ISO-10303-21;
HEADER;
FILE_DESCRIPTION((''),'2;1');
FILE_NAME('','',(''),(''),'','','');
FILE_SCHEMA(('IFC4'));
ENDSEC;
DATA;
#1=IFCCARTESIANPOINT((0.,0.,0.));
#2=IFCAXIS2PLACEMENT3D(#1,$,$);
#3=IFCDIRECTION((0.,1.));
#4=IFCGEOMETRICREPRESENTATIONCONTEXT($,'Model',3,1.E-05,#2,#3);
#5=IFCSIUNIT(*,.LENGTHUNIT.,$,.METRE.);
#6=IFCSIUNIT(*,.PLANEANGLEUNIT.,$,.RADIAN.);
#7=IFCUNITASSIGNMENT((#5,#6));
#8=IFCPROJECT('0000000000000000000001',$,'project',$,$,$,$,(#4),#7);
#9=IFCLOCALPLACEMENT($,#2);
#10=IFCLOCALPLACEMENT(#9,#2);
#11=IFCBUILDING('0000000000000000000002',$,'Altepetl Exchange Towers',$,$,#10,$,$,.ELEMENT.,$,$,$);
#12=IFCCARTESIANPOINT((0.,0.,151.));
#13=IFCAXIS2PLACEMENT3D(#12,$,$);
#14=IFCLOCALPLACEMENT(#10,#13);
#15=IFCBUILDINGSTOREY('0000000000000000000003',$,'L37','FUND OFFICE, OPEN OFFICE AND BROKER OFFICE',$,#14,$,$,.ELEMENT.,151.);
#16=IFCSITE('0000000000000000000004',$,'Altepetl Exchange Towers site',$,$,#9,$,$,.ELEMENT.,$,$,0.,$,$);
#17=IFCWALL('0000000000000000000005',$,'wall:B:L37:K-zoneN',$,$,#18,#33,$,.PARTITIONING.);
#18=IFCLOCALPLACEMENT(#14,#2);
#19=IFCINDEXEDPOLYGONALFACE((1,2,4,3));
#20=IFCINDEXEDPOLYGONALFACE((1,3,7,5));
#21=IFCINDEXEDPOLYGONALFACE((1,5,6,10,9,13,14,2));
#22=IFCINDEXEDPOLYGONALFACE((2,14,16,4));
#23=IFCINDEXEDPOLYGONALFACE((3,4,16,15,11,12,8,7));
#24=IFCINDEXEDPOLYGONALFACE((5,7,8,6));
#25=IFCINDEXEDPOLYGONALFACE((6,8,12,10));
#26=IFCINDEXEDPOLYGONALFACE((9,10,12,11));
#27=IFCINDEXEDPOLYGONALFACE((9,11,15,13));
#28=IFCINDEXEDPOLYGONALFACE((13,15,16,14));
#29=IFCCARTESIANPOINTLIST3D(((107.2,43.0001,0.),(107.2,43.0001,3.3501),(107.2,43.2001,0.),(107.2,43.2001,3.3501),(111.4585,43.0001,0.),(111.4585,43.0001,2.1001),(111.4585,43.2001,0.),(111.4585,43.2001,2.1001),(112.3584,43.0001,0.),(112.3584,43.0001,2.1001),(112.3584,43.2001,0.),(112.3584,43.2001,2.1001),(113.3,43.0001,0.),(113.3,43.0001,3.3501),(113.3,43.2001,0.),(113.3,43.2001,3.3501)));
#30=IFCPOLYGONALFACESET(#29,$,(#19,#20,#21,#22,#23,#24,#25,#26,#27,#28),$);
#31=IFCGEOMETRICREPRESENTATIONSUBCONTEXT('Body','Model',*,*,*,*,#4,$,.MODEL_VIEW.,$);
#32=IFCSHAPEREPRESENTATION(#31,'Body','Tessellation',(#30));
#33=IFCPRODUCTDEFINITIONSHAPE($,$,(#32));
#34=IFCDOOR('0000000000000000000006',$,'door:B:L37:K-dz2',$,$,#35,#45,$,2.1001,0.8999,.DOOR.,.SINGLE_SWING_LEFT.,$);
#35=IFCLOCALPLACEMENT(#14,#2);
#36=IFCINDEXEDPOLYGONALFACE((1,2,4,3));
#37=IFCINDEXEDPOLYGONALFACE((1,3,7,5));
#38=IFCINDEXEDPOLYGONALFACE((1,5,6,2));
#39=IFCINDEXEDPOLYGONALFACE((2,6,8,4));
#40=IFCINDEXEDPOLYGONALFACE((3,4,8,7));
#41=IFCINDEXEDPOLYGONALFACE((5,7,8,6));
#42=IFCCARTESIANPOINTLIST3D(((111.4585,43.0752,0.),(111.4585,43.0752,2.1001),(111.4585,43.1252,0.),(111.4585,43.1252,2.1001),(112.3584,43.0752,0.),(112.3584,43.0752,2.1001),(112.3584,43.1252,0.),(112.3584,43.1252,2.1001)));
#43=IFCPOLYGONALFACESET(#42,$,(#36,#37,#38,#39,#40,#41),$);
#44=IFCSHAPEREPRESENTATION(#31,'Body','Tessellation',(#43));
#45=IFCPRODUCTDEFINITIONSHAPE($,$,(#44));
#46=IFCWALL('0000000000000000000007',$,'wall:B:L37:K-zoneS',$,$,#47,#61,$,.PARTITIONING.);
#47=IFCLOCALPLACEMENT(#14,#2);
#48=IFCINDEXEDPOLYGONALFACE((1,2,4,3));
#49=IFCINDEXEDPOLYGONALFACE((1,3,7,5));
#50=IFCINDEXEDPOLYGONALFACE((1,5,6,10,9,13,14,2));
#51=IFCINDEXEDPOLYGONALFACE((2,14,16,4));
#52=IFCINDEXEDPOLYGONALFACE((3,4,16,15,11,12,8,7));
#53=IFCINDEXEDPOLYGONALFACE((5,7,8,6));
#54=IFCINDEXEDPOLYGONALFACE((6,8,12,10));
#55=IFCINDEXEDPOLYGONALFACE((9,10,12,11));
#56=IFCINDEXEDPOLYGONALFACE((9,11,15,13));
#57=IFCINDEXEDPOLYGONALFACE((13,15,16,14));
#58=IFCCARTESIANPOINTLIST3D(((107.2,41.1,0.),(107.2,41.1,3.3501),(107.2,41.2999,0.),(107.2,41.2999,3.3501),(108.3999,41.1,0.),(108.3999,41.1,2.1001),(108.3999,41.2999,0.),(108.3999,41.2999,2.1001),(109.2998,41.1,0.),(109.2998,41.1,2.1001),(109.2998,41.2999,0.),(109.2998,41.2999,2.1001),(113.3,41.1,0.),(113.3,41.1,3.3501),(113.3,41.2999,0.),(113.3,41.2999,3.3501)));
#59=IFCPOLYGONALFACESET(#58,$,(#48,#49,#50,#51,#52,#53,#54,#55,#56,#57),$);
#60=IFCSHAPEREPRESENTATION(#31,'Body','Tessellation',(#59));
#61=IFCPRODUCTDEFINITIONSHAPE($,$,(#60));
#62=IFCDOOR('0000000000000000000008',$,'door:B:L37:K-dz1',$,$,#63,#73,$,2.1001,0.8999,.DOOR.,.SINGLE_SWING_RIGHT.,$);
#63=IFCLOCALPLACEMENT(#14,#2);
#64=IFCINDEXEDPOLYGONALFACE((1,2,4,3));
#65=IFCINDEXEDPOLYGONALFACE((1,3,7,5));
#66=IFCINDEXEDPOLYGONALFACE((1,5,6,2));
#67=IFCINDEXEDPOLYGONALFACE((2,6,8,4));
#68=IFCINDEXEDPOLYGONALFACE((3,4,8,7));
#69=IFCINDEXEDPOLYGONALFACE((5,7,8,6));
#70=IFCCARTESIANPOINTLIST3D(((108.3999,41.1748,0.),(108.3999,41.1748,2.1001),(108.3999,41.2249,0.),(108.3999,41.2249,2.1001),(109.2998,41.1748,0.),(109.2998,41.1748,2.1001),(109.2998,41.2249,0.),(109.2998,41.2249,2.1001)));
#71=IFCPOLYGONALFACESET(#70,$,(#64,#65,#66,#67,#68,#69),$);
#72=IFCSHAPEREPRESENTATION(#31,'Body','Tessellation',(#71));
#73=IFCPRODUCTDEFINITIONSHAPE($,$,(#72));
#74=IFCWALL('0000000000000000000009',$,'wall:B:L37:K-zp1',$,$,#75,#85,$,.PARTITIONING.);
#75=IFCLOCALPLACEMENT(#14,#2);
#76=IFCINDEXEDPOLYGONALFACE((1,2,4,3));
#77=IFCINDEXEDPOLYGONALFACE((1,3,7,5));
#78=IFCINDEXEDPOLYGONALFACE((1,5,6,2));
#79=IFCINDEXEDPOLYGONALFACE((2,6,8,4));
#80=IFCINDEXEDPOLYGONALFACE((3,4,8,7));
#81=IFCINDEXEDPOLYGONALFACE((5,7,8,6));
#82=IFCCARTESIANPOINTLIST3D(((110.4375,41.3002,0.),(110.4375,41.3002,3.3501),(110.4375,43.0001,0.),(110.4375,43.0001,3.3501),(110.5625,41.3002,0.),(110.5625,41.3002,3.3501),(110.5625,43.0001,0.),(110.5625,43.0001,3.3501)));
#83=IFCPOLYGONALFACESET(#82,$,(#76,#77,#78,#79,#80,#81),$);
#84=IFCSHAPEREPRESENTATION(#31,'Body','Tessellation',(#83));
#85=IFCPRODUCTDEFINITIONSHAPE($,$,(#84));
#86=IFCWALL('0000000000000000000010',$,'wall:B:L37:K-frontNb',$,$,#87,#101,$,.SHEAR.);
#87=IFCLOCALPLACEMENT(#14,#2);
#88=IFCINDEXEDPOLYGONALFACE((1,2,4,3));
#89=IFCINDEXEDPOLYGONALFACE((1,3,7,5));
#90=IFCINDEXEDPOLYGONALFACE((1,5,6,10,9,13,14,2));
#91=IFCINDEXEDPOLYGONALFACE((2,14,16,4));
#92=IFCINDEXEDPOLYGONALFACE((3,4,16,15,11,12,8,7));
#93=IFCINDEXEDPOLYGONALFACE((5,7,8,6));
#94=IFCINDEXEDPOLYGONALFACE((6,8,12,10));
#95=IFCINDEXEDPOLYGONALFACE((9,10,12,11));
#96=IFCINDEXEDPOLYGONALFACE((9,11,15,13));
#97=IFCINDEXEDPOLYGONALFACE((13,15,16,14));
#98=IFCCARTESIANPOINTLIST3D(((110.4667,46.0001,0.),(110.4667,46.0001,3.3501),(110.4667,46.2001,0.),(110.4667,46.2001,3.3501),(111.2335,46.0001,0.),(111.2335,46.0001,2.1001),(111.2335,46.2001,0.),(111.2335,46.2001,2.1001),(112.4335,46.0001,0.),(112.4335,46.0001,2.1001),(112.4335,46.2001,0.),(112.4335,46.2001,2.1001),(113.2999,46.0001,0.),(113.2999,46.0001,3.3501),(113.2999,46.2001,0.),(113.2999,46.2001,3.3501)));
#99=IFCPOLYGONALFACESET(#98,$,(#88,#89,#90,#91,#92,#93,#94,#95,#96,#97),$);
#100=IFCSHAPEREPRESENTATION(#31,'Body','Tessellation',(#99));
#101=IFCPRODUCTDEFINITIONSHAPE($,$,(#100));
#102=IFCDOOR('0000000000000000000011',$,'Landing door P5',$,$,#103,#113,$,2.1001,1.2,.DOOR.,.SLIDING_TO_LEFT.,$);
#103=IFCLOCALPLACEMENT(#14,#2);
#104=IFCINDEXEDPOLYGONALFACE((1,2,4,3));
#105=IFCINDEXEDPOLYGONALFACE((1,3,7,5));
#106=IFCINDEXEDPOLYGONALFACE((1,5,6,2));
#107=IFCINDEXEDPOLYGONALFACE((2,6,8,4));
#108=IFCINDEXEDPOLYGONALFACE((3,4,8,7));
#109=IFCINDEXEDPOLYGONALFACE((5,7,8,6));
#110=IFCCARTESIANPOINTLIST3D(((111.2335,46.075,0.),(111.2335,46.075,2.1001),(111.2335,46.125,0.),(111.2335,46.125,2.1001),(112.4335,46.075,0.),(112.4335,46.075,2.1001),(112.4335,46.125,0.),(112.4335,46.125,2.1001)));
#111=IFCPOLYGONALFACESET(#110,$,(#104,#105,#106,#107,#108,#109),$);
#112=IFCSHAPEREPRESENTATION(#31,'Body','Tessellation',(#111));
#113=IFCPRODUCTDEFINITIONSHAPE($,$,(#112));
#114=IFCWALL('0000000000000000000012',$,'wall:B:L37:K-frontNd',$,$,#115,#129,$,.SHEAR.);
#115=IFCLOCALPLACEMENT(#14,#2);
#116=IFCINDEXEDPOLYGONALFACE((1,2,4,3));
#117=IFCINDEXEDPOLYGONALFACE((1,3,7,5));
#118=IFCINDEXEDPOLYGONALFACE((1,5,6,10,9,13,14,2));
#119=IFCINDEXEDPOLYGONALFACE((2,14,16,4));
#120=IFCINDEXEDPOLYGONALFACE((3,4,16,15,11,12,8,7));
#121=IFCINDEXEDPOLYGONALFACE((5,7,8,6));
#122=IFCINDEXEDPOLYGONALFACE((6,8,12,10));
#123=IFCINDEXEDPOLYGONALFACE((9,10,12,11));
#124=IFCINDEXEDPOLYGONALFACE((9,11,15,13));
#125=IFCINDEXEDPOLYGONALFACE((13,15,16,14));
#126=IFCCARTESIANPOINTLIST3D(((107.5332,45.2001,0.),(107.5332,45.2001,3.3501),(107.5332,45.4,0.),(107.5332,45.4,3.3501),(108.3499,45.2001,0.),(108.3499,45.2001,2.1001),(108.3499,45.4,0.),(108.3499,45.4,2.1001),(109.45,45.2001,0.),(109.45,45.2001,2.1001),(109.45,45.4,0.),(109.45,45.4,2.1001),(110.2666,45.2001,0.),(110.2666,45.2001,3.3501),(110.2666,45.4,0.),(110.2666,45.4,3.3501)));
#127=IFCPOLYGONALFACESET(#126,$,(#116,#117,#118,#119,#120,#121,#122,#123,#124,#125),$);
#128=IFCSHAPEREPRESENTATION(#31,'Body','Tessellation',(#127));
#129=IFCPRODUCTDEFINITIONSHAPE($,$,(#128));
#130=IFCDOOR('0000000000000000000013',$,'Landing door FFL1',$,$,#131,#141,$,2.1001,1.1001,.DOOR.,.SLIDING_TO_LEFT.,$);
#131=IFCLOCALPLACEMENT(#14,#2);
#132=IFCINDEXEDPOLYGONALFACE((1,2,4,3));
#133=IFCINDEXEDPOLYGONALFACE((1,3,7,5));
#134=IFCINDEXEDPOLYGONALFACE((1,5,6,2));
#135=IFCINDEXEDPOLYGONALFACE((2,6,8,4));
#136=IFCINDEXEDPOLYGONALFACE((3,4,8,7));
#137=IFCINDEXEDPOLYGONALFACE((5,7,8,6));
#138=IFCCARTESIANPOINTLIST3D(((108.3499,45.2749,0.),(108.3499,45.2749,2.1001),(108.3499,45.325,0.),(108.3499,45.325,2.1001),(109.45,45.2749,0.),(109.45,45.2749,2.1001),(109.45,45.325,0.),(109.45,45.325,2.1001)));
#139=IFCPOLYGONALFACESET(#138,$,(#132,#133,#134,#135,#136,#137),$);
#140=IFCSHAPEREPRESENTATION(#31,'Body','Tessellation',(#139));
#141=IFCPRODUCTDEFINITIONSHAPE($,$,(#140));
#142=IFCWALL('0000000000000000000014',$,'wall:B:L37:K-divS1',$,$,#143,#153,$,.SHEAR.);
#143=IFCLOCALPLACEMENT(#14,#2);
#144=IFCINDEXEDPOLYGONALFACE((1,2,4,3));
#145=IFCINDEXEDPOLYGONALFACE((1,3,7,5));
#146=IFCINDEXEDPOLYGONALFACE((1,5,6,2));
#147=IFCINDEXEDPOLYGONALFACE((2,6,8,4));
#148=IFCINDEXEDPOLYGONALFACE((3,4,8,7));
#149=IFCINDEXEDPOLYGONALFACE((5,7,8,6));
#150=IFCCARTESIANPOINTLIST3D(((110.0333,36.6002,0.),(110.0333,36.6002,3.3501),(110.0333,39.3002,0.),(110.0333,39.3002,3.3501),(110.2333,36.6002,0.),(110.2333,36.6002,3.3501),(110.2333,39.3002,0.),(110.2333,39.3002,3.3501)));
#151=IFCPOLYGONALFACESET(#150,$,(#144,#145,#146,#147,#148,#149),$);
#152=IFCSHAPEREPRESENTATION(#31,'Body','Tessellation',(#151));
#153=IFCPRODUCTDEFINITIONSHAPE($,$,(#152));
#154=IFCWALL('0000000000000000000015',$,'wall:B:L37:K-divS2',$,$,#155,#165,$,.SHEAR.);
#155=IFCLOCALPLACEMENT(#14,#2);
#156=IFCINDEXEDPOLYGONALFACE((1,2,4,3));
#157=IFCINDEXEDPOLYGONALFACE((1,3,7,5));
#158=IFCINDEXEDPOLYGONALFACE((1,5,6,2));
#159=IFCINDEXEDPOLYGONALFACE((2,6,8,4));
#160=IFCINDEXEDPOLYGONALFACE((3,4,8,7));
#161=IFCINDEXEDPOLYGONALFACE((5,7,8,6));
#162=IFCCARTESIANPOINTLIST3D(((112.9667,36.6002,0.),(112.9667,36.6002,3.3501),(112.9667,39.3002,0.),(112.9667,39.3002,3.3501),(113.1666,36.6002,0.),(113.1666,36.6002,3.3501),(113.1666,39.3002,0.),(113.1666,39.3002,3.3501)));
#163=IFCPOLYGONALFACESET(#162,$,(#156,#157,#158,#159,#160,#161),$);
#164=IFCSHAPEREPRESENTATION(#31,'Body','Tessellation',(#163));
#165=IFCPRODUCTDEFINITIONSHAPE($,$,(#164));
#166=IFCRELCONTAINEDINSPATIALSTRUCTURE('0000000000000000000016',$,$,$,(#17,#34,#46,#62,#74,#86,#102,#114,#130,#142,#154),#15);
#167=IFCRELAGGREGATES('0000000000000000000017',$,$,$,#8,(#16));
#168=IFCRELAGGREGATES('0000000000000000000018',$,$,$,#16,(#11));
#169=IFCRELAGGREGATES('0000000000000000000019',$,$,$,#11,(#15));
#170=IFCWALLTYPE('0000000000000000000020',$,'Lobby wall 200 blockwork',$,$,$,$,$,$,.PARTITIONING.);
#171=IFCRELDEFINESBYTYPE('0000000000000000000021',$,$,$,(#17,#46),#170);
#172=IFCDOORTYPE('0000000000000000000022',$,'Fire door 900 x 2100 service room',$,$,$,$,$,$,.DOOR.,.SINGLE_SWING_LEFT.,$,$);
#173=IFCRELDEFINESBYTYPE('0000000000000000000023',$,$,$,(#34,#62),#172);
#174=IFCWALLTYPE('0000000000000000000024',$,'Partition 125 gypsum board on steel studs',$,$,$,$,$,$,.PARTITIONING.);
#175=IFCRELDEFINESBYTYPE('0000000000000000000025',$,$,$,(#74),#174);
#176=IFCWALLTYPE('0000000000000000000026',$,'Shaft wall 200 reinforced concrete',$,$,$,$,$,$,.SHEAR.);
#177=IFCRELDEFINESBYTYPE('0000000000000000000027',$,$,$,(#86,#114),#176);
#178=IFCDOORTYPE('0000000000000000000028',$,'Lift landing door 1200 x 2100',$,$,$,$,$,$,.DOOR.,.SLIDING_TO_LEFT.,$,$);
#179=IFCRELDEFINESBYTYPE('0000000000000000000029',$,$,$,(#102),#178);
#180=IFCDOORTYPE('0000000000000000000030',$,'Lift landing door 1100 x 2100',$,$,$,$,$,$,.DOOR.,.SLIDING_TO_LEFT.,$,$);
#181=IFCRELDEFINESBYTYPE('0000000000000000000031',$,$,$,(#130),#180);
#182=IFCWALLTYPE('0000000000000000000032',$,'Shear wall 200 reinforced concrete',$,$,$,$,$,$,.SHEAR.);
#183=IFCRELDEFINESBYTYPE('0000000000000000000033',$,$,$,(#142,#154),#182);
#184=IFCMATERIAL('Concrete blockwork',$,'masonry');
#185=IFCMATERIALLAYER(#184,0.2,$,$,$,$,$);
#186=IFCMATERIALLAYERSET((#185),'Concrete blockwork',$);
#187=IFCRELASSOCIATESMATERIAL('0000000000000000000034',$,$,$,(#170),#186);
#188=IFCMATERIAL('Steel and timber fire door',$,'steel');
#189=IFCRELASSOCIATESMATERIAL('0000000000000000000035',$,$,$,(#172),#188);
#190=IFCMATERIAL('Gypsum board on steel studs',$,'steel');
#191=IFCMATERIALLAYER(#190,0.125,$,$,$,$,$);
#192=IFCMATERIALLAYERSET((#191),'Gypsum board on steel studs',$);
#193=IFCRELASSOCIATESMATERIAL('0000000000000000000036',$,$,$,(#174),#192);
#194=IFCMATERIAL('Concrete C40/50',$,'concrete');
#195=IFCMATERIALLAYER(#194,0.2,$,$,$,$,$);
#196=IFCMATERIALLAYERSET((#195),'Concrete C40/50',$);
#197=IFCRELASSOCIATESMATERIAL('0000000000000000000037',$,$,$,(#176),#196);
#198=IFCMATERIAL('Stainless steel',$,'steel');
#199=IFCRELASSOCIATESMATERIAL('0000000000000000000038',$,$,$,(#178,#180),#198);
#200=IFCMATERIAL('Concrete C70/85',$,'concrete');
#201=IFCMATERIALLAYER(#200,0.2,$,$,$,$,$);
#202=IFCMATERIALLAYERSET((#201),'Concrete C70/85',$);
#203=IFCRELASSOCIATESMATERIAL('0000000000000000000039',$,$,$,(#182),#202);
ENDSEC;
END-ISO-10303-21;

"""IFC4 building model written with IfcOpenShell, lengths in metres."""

from ifc_helpers import new_model, si_unit, direction, frame, frame_2d, origin, place, context, subcontext, project, spatial, rectangle, extrude, material, layer, layer_set, type_object, element, fill, save


model = new_model("IFC4")

# Units and contexts
model_context = context("Model", 3, precision=1e-05, world=origin(), true_north=direction((0.0, 1.0)))
body_context = subcontext(model_context, "Body", "Model", "MODEL_VIEW")
ifc_project = project(units=[si_unit("LENGTHUNIT", "METRE"), si_unit("PLANEANGLEUNIT", "RADIAN")], contexts=[model_context])

# Site, building, storey
site_placement = place(None, origin())
site = spatial("IfcSite", under=ifc_project, at=site_placement, Name="Altepetl Exchange Towers site", CompositionType="ELEMENT", RefElevation=0.0)
building_placement = place(site_placement, origin())
building = spatial("IfcBuilding", under=site, at=building_placement, Name="Altepetl Exchange Towers", CompositionType="ELEMENT")
storey_placement = place(building_placement, frame((0.0, 0.0, 151.0)))
storey = spatial("IfcBuildingStorey", under=building, at=storey_placement, Name="L37", Description="FUND OFFICE, OPEN OFFICE AND BROKER OFFICE", CompositionType="ELEMENT", Elevation=151.0)

# Walls, openings, doors
ifc_material_1 = material(Name="Concrete blockwork", Category="masonry")
ifc_layer_1 = layer(ifc_material_1, 0.2)
ifc_layer_set_1 = layer_set([ifc_layer_1], Name="Concrete blockwork")
wall_type_1 = type_object("IfcWallType", Name="Lobby wall 200 blockwork", PredefinedType="PARTITIONING", material=ifc_layer_set_1)
wall_1_placement = place(storey_placement, frame((107.2, 43.1001, 0.0)))
wall_1 = element("IfcWall", 1, at=wall_1_placement, inside=storey, type_object=wall_type_1, Name="wall:B:L37:K-zoneN", PredefinedType="PARTITIONING", context=body_context, shape_type="SweptSolid", body=[
    extrude(rectangle(XDim=6.1001, YDim=0.2, at=frame_2d((3.05, 0.0))), origin(), (0.0, 0.0, 1.0), 3.3501),
])
opening_1_placement = place(wall_1_placement, frame((4.2585, 0.0, 0.0)))
opening_1 = element("IfcOpeningElement", 2, at=opening_1_placement, cuts=wall_1, PredefinedType="OPENING", context=body_context, shape_type="SweptSolid", body=[
    extrude(rectangle(XDim=0.8999, YDim=2.1001, at=frame_2d((0.45, 1.05))), frame((0.0, 0.1099, 0.0), z_axis=(0.0, -1.0, 0.0), x_axis=(1.0, 0.0, 0.0)), (0.0, 0.0, 1.0), 0.22),
])
ifc_material_2 = material(Name="Steel and timber fire door", Category="steel")
door_type_1 = type_object("IfcDoorType", Name="Fire door 900 x 2100 service room", OperationType="SINGLE_SWING_LEFT", PredefinedType="DOOR", material=ifc_material_2)
door_1_placement = place(opening_1_placement, frame((0.8999, 0.0, 0.0), x_axis=(-1.0, 0.0, 0.0)))
door_1 = element("IfcDoor", 3, at=door_1_placement, inside=storey, type_object=door_type_1, Name="door:B:L37:K-dz2", OperationType="SINGLE_SWING_LEFT", OverallHeight=2.1001, OverallWidth=0.8999, PredefinedType="DOOR", context=body_context, shape_type="SweptSolid", body=[
    extrude(rectangle(XDim=0.8999, YDim=2.1001, at=frame_2d((0.45, 1.05))), frame((0.0, 0.0249, 0.0), z_axis=(0.0, -1.0, 0.0), x_axis=(1.0, 0.0, 0.0)), (0.0, 0.0, 1.0), 0.05),
])
fill(opening_1, door_1)
wall_2_placement = place(storey_placement, frame((107.2, 41.2, 0.0)))
wall_2 = element("IfcWall", 4, at=wall_2_placement, inside=storey, type_object=wall_type_1, Name="wall:B:L37:K-zoneS", PredefinedType="PARTITIONING", context=body_context, shape_type="SweptSolid", body=[
    extrude(rectangle(XDim=6.1001, YDim=0.2, at=frame_2d((3.05, 0.0))), origin(), (0.0, 0.0, 1.0), 3.3501),
])
opening_2_placement = place(wall_2_placement, frame((1.2, 0.0, 0.0)))
opening_2 = element("IfcOpeningElement", 5, at=opening_2_placement, cuts=wall_2, PredefinedType="OPENING", context=body_context, shape_type="SweptSolid", body=[
    extrude(rectangle(XDim=0.8999, YDim=2.1001, at=frame_2d((0.45, 1.05))), frame((0.0, 0.1099, 0.0), z_axis=(0.0, -1.0, 0.0), x_axis=(1.0, 0.0, 0.0)), (0.0, 0.0, 1.0), 0.22),
])
door_2_placement = place(opening_2_placement, origin())
door_2 = element("IfcDoor", 6, at=door_2_placement, inside=storey, type_object=door_type_1, Name="door:B:L37:K-dz1", OperationType="SINGLE_SWING_RIGHT", OverallHeight=2.1001, OverallWidth=0.8999, PredefinedType="DOOR", context=body_context, shape_type="SweptSolid", body=[
    extrude(rectangle(XDim=0.8999, YDim=2.1001, at=frame_2d((0.45, 1.05))), frame((0.0, 0.0249, 0.0), z_axis=(0.0, -1.0, 0.0), x_axis=(1.0, 0.0, 0.0)), (0.0, 0.0, 1.0), 0.05),
])
fill(opening_2, door_2)

# Wall
ifc_material_3 = material(Name="Gypsum board on steel studs", Category="steel")
ifc_layer_2 = layer(ifc_material_3, 0.125)
ifc_layer_set_2 = layer_set([ifc_layer_2], Name="Gypsum board on steel studs")
wall_type_2 = type_object("IfcWallType", Name="Partition 125 gypsum board on steel studs", PredefinedType="PARTITIONING", material=ifc_layer_set_2)
wall_3_placement = place(storey_placement, frame((110.5, 41.3, 0.0), z_axis=(0.0, 0.0, 1.0), x_axis=(0.0, 1.0, 0.0)))
element("IfcWall", 7, at=wall_3_placement, inside=storey, type_object=wall_type_2, Name="wall:B:L37:K-zp1", PredefinedType="PARTITIONING", context=body_context, shape_type="SweptSolid", body=[
    extrude(rectangle(XDim=1.7, YDim=0.125, at=frame_2d((0.8501, 0.0))), origin(), (0.0, 0.0, 1.0), 3.3501),
])

# Walls, openings, doors
ifc_material_4 = material(Name="Concrete C40/50", Category="concrete")
ifc_layer_3 = layer(ifc_material_4, 0.2)
ifc_layer_set_3 = layer_set([ifc_layer_3], Name="Concrete C40/50")
wall_type_3 = type_object("IfcWallType", Name="Shaft wall 200 reinforced concrete", PredefinedType="SHEAR", material=ifc_layer_set_3)
wall_4_placement = place(storey_placement, frame((110.4668, 46.1001, 0.0)))
wall_4 = element("IfcWall", 8, at=wall_4_placement, inside=storey, type_object=wall_type_3, Name="wall:B:L37:K-frontNb", PredefinedType="SHEAR", context=body_context, shape_type="SweptSolid", body=[
    extrude(rectangle(XDim=2.8333, YDim=0.2, at=frame_2d((1.4165, 0.0))), origin(), (0.0, 0.0, 1.0), 3.3501),
])
opening_3_placement = place(wall_4_placement, frame((0.7666, 0.0, 0.0)))
opening_3 = element("IfcOpeningElement", 9, at=opening_3_placement, cuts=wall_4, PredefinedType="OPENING", context=body_context, shape_type="SweptSolid", body=[
    extrude(rectangle(XDim=1.2, YDim=2.1001, at=frame_2d((0.6001, 1.05))), frame((0.0, 0.1099, 0.0), z_axis=(0.0, -1.0, 0.0), x_axis=(1.0, 0.0, 0.0)), (0.0, 0.0, 1.0), 0.22),
])
ifc_material_5 = material(Name="Stainless steel", Category="steel")
door_type_2 = type_object("IfcDoorType", Name="Lift landing door 1200 x 2100", OperationType="SLIDING_TO_LEFT", PredefinedType="DOOR", material=ifc_material_5)
door_3_placement = place(opening_3_placement, origin())
door_3 = element("IfcDoor", 10, at=door_3_placement, inside=storey, type_object=door_type_2, Name="Landing door P5", OperationType="SLIDING_TO_LEFT", OverallHeight=2.1001, OverallWidth=1.2, PredefinedType="DOOR", context=body_context, shape_type="SweptSolid", body=[
    extrude(rectangle(XDim=1.2, YDim=2.1001, at=frame_2d((0.6001, 1.05))), frame((0.0, 0.0249, 0.0), z_axis=(0.0, -1.0, 0.0), x_axis=(1.0, 0.0, 0.0)), (0.0, 0.0, 1.0), 0.05),
])
fill(opening_3, door_3)
wall_5_placement = place(storey_placement, frame((107.5332, 45.3, 0.0)))
wall_5 = element("IfcWall", 11, at=wall_5_placement, inside=storey, type_object=wall_type_3, Name="wall:B:L37:K-frontNd", PredefinedType="SHEAR", context=body_context, shape_type="SweptSolid", body=[
    extrude(rectangle(XDim=2.7334, YDim=0.2, at=frame_2d((1.3667, 0.0))), origin(), (0.0, 0.0, 1.0), 3.3501),
])
opening_4_placement = place(wall_5_placement, frame((0.8167, 0.0, 0.0)))
opening_4 = element("IfcOpeningElement", 12, at=opening_4_placement, cuts=wall_5, PredefinedType="OPENING", context=body_context, shape_type="SweptSolid", body=[
    extrude(rectangle(XDim=1.1001, YDim=2.1001, at=frame_2d((0.55, 1.05))), frame((0.0, 0.1099, 0.0), z_axis=(0.0, -1.0, 0.0), x_axis=(1.0, 0.0, 0.0)), (0.0, 0.0, 1.0), 0.22),
])
door_type_3 = type_object("IfcDoorType", Name="Lift landing door 1100 x 2100", OperationType="SLIDING_TO_LEFT", PredefinedType="DOOR", material=ifc_material_5)
door_4_placement = place(opening_4_placement, origin())
door_4 = element("IfcDoor", 13, at=door_4_placement, inside=storey, type_object=door_type_3, Name="Landing door FFL1", OperationType="SLIDING_TO_LEFT", OverallHeight=2.1001, OverallWidth=1.1001, PredefinedType="DOOR", context=body_context, shape_type="SweptSolid", body=[
    extrude(rectangle(XDim=1.1001, YDim=2.1001, at=frame_2d((0.55, 1.05))), frame((0.0, 0.0249, 0.0), z_axis=(0.0, -1.0, 0.0), x_axis=(1.0, 0.0, 0.0)), (0.0, 0.0, 1.0), 0.05),
])
fill(opening_4, door_4)

# Walls
ifc_material_6 = material(Name="Concrete C70/85", Category="concrete")
ifc_layer_4 = layer(ifc_material_6, 0.2)
ifc_layer_set_4 = layer_set([ifc_layer_4], Name="Concrete C70/85")
wall_type_4 = type_object("IfcWallType", Name="Shear wall 200 reinforced concrete", PredefinedType="SHEAR", material=ifc_layer_set_4)
for number, where, z_axis, x_axis, name in (
    (14, (110.1333, 36.6001, 0.0), (0.0, 0.0, 1.0), (0.0, 1.0, 0.0), "wall:B:L37:K-divS1"),
    (15, (113.0667, 36.6001, 0.0), (0.0, 0.0, 1.0), (0.0, 1.0, 0.0), "wall:B:L37:K-divS2"),
):
    element("IfcWall", number, at=place(storey_placement, frame(where, z_axis=z_axis, x_axis=x_axis)), inside=storey, type_object=wall_type_4, Name=name, PredefinedType="SHEAR", context=body_context, shape_type="SweptSolid", body=[
        extrude(rectangle(XDim=2.7, YDim=0.2, at=frame_2d((1.3501, 0.0))), origin(), (0.0, 0.0, 1.0), 3.3501),
    ])

save(model, "model.ifc")
